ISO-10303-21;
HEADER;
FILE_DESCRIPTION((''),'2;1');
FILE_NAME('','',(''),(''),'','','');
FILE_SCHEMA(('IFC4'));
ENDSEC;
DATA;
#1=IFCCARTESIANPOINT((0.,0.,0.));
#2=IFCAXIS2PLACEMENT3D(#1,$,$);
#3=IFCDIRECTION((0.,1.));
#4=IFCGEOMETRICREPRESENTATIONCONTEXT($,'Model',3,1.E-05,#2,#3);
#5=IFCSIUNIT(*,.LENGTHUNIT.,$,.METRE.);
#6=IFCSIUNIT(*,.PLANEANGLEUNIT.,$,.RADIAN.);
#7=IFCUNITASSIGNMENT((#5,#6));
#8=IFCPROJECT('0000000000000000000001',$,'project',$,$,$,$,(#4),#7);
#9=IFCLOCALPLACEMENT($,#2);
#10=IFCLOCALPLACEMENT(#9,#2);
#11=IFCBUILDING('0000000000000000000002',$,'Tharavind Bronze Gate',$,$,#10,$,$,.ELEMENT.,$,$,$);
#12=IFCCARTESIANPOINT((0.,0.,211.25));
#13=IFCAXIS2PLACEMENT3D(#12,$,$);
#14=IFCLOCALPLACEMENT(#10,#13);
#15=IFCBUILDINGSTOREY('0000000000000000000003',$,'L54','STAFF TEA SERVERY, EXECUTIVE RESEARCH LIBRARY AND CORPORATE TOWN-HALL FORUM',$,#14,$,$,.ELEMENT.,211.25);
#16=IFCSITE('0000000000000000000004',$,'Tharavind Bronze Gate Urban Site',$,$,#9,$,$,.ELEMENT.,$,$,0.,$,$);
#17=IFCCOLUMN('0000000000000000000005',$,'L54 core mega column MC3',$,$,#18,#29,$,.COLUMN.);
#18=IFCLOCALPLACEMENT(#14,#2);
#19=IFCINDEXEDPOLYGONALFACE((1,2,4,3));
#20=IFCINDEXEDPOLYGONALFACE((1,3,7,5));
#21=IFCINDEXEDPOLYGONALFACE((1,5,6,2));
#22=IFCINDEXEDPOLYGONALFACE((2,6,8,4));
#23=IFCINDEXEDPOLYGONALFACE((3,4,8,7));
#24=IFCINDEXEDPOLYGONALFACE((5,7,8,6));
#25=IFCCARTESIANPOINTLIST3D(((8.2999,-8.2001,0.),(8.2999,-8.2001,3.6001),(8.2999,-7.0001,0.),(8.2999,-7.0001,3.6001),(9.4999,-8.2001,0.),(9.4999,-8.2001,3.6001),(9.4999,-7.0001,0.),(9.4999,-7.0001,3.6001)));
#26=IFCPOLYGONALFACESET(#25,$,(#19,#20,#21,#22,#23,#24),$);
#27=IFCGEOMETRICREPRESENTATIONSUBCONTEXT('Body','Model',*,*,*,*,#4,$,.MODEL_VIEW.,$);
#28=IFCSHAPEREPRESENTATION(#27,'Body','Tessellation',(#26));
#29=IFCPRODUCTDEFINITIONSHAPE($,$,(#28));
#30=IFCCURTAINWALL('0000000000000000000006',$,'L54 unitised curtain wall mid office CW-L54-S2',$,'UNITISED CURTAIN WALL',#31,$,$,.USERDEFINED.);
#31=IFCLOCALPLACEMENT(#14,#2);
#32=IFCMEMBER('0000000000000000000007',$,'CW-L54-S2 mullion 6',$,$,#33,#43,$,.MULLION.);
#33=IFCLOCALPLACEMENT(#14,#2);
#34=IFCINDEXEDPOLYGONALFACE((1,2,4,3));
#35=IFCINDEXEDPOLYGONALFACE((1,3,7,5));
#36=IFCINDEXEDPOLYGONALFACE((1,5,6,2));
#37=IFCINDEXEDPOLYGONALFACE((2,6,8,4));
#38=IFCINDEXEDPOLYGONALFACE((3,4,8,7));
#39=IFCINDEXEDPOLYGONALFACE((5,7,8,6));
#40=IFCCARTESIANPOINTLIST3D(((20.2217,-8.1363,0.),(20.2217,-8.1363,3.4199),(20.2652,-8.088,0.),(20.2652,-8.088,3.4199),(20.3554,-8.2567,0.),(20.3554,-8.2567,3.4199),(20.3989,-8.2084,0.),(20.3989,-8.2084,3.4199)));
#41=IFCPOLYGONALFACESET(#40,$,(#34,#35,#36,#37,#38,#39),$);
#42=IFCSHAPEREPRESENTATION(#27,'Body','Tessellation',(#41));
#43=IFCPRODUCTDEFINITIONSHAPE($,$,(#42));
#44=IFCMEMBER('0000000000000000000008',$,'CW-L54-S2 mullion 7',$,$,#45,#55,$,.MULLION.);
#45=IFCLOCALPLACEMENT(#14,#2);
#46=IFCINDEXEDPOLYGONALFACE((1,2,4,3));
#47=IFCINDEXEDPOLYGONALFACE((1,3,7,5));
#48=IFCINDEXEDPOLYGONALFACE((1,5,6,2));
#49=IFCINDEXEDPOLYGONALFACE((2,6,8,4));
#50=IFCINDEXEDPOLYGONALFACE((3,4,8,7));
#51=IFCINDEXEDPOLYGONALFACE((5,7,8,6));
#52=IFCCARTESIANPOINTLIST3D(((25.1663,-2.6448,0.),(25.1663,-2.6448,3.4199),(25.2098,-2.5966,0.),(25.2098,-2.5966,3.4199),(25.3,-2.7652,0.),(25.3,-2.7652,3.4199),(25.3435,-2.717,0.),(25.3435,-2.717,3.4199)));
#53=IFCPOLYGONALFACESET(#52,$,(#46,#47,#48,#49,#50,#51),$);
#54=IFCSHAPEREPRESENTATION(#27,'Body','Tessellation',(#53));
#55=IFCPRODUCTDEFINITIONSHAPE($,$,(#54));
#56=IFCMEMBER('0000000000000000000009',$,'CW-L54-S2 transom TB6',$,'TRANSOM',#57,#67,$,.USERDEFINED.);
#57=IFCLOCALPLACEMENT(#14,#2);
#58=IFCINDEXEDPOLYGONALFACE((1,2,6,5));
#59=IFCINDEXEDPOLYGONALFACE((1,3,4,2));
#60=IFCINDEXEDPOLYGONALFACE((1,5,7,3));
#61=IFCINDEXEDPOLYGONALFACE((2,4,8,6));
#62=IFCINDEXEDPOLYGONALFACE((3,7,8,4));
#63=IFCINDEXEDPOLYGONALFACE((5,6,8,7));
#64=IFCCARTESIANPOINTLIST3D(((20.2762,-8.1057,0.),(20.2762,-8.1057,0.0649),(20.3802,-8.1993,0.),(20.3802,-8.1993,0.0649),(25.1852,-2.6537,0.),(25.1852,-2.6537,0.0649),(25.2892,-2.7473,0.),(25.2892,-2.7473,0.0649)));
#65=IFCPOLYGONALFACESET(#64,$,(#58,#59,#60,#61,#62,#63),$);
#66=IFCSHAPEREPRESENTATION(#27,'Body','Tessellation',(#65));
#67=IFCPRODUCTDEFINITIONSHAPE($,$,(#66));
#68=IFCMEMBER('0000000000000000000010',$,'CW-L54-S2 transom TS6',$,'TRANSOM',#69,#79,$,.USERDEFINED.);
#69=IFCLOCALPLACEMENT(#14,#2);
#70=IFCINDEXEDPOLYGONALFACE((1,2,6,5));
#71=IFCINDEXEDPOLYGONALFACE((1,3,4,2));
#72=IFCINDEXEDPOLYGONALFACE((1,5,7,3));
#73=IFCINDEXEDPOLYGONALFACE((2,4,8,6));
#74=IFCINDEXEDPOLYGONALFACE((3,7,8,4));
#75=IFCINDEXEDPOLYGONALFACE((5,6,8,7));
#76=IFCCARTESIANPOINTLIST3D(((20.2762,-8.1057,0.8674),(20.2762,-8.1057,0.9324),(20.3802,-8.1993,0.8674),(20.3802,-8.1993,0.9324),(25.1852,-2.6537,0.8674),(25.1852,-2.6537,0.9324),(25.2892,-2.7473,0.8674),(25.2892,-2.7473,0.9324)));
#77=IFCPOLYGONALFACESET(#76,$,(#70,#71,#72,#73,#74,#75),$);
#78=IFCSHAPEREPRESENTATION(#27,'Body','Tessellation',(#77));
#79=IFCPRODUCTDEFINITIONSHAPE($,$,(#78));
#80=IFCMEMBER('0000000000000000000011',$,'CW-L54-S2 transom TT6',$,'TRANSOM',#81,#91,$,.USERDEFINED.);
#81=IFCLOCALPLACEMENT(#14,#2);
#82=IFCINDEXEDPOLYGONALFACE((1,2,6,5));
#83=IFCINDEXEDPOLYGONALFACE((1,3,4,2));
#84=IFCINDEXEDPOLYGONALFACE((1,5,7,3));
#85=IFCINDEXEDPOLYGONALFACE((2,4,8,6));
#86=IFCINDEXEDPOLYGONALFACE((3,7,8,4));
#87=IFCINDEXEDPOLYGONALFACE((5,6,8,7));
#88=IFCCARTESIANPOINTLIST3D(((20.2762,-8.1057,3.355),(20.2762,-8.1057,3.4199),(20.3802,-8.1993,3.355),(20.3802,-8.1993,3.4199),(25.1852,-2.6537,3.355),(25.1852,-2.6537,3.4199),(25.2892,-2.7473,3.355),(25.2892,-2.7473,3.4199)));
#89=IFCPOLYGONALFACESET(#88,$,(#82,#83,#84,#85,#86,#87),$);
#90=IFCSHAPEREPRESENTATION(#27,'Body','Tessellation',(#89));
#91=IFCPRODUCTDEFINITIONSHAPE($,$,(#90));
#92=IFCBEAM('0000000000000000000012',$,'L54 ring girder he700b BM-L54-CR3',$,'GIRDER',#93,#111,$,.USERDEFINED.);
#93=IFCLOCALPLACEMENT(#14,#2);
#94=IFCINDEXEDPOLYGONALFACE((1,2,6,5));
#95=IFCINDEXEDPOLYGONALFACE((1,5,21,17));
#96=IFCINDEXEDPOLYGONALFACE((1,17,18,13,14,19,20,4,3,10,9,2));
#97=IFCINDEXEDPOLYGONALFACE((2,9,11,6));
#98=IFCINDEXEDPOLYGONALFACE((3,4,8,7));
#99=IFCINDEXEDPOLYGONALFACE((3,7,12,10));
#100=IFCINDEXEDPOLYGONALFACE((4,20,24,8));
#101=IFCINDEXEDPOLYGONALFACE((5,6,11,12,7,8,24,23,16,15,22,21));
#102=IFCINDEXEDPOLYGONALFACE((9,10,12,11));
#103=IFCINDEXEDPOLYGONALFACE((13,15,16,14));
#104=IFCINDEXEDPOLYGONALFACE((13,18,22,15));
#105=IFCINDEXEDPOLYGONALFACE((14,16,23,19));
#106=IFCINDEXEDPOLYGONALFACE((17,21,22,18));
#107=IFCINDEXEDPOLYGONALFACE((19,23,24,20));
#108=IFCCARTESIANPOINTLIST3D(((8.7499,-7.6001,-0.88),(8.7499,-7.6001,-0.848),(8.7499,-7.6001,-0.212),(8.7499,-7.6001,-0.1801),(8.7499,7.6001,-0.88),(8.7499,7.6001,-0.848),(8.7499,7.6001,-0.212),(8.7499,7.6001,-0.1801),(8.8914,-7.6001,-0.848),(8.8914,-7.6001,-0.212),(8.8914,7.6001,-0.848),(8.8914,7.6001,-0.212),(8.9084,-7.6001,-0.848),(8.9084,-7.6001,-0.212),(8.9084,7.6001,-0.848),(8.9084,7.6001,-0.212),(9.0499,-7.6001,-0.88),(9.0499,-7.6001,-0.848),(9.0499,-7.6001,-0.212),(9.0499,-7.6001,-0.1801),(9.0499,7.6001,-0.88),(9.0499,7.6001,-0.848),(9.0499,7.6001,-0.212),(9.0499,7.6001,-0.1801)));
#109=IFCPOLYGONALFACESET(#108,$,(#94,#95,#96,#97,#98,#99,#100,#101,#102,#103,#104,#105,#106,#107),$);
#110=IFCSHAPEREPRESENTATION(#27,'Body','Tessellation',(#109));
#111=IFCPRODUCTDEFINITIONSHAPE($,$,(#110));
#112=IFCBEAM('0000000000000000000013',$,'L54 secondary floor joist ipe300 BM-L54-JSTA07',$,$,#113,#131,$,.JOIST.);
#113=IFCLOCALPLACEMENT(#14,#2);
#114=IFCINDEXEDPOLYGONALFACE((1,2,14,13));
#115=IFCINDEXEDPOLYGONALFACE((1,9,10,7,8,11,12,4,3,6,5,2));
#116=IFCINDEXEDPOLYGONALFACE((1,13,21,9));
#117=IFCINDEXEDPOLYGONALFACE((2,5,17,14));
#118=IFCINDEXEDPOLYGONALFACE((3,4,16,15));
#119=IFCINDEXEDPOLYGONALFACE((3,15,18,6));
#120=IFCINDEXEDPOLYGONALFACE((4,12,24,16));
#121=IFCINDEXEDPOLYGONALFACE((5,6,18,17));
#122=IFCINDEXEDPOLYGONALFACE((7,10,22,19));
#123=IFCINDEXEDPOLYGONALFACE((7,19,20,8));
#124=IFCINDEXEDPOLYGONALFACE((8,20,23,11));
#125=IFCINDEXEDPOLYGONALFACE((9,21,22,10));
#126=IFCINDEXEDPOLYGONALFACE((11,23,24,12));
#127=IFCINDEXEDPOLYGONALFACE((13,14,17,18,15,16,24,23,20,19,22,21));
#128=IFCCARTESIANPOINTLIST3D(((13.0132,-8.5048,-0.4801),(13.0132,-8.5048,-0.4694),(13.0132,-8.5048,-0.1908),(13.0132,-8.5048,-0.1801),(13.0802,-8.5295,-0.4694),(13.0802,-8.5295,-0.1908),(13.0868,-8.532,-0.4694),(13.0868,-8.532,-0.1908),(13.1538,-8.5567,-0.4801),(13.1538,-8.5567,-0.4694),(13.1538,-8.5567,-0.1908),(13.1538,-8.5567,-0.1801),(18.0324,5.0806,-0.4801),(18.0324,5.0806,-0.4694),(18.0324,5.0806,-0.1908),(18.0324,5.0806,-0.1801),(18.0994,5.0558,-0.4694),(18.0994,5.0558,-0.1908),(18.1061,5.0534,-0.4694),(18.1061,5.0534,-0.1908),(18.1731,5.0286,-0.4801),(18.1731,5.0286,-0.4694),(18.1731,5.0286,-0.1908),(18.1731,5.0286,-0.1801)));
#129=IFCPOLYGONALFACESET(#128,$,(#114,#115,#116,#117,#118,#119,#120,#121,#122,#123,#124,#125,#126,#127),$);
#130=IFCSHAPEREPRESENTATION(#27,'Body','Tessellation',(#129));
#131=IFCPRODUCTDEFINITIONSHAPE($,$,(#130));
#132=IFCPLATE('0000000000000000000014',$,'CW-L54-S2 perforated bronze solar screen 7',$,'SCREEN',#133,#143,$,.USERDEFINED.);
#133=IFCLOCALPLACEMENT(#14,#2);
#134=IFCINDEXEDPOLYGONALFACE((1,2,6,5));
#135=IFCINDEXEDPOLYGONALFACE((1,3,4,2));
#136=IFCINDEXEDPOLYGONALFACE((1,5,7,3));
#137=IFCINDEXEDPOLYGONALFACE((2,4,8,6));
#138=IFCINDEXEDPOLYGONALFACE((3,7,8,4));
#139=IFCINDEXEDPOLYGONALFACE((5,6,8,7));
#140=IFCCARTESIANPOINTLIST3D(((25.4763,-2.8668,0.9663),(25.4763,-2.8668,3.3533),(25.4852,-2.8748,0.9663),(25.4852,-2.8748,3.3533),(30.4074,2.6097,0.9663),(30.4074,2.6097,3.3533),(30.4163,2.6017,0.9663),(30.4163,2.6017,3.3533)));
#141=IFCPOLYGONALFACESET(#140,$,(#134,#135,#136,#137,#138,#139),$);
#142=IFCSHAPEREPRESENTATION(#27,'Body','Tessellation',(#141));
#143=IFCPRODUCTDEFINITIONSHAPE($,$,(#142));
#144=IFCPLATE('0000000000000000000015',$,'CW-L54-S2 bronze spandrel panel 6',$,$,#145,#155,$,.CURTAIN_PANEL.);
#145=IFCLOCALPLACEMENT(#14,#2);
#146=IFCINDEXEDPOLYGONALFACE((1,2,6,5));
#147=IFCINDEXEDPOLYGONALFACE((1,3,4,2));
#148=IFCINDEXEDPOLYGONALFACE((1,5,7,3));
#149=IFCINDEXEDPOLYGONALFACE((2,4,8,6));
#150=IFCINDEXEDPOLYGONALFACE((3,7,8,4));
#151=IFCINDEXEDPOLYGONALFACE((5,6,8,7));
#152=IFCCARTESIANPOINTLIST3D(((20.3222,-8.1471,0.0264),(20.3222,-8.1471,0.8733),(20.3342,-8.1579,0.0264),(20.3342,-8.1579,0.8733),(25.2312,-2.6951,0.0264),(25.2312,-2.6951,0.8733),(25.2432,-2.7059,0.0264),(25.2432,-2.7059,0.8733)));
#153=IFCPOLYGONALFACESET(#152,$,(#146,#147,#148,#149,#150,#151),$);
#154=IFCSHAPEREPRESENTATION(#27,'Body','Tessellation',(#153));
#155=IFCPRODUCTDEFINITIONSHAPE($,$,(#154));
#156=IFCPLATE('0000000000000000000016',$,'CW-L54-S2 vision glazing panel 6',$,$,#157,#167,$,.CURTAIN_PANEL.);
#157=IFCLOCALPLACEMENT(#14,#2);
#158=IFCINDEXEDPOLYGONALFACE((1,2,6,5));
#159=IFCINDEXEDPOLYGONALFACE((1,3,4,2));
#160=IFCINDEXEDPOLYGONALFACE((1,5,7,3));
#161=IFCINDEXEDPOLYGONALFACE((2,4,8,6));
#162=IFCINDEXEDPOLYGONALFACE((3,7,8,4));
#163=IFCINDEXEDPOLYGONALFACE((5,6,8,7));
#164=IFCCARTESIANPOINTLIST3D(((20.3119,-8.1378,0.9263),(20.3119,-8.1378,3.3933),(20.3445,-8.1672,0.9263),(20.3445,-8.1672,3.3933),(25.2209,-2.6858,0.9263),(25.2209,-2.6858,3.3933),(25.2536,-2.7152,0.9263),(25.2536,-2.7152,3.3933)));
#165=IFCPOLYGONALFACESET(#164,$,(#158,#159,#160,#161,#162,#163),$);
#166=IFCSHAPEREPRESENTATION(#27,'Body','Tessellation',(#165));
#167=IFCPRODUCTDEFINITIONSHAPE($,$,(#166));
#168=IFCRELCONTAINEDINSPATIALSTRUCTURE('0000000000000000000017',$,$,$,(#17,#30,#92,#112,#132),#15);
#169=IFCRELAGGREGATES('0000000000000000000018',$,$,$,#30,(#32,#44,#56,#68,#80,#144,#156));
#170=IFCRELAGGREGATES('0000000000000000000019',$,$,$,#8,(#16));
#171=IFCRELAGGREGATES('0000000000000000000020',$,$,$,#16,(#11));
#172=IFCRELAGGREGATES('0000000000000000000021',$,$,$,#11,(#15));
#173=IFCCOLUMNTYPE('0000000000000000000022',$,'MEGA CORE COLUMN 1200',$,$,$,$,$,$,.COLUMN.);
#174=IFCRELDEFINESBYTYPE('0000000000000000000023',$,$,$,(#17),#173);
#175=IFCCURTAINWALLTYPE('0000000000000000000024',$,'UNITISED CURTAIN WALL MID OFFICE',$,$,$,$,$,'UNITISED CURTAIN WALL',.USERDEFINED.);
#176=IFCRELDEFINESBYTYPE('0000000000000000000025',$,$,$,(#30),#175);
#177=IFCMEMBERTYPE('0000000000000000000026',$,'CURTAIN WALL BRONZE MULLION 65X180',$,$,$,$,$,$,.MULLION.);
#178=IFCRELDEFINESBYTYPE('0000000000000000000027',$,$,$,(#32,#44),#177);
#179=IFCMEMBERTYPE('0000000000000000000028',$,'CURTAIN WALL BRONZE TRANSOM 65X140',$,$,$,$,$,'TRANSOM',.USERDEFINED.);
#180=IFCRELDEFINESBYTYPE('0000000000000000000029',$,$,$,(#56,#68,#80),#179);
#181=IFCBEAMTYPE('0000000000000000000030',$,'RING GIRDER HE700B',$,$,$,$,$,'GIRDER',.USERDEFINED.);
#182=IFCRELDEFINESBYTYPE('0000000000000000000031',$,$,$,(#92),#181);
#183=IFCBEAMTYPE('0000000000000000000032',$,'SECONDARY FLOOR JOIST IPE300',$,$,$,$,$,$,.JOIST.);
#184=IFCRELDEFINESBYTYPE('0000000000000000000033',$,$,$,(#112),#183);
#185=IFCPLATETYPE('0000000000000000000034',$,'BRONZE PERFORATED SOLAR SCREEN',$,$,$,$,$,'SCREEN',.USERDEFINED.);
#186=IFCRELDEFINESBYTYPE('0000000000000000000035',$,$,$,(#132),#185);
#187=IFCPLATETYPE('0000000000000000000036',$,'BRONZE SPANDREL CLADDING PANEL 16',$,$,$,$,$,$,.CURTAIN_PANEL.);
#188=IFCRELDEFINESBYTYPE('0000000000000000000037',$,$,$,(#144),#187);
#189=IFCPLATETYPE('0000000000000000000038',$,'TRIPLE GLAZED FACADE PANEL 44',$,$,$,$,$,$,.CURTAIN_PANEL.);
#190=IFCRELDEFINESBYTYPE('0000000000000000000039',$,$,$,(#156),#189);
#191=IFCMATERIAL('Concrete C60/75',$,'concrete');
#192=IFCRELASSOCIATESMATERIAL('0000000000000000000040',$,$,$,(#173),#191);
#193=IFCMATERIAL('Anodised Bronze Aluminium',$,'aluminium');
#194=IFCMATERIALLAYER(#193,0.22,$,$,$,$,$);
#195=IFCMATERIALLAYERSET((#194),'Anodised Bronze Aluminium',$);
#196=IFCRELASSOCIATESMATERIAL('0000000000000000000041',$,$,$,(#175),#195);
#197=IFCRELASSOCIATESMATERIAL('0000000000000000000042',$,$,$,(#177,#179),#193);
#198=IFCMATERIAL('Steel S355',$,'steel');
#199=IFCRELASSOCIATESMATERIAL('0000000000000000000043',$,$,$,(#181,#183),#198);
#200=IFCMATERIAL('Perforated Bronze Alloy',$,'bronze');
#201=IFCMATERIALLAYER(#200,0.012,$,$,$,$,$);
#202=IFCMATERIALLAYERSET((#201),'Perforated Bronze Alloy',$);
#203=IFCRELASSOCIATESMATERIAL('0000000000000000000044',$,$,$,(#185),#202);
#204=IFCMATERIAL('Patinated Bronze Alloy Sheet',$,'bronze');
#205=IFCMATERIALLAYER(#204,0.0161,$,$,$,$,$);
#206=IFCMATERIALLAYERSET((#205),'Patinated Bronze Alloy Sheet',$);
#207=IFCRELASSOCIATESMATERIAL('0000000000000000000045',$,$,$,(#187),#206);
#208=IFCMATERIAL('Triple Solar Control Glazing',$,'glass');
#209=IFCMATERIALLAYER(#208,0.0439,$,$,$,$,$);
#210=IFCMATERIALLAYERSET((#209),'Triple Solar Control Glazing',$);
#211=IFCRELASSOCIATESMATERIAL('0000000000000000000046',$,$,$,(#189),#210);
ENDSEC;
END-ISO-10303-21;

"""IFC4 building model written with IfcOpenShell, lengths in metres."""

from ifc_helpers import new_model, si_unit, direction, frame, origin, origin_2d, place, context, subcontext, project, spatial, rectangle, i_section, extrude, material, layer, layer_set, material_profile, profile_set, type_object, element, aggregate, save


model = new_model("IFC4")

# Units and contexts
model_context = context("Model", 3, precision=1e-05, world=origin(), true_north=direction((0.0, 1.0)))
body_context = subcontext(model_context, "Body", "Model", "MODEL_VIEW")
ifc_project = project(units=[si_unit("LENGTHUNIT", "METRE"), si_unit("PLANEANGLEUNIT", "RADIAN")], contexts=[model_context])

# Site, building, storey
site_placement = place(None, origin())
site = spatial("IfcSite", under=ifc_project, at=site_placement, Name="Tharavind Bronze Gate Urban Site", CompositionType="ELEMENT", RefElevation=0.0)
building_placement = place(site_placement, origin())
building = spatial("IfcBuilding", under=site, at=building_placement, Name="Tharavind Bronze Gate", CompositionType="ELEMENT")
storey_placement = place(building_placement, frame((0.0, 0.0, 211.25)))
storey = spatial("IfcBuildingStorey", under=building, at=storey_placement, Name="L54", Description="STAFF TEA SERVERY, EXECUTIVE RESEARCH LIBRARY AND CORPORATE TOWN-HALL FORUM", CompositionType="ELEMENT", Elevation=211.25)

# Column
ifc_material_1 = material(Name="Concrete C60/75", Category="concrete")
ifc_material_profile_1 = material_profile(ifc_material_1, rectangle(XDim=1.2, YDim=1.2, at=origin_2d()), Name="RCCOL1200")
ifc_profile_set_1 = profile_set([ifc_material_profile_1], Name="Concrete C60/75")
column_type = type_object("IfcColumnType", Name="MEGA CORE COLUMN 1200", PredefinedType="COLUMN", material=ifc_profile_set_1)
column_placement = place(storey_placement, frame((8.8999, -7.6001, 0.0), z_axis=(0.0, 0.0, 1.0), x_axis=(1.0, 0.0, 0.0)))
element("IfcColumn", 1, at=column_placement, inside=storey, type_object=column_type, Name="L54 core mega column MC3", PredefinedType="COLUMN", context=body_context, shape_type="SweptSolid", body=[
    extrude(rectangle(XDim=1.2, YDim=1.2, at=origin_2d()), origin(), (0.0, 0.0, 1.0), 3.6001),
])

# Curtain wall, members
ifc_material_2 = material(Name="Anodised Bronze Aluminium", Category="aluminium")
ifc_layer_1 = layer(ifc_material_2, 0.22)
ifc_layer_set_1 = layer_set([ifc_layer_1], Name="Anodised Bronze Aluminium")
curtain_wall_type = type_object("IfcCurtainWallType", Name="UNITISED CURTAIN WALL MID OFFICE", ElementType="UNITISED CURTAIN WALL", PredefinedType="USERDEFINED", material=ifc_layer_set_1)
curtain_wall_placement = place(storey_placement, origin())
curtain_wall = element("IfcCurtainWall", 2, at=curtain_wall_placement, inside=storey, type_object=curtain_wall_type, Name="L54 unitised curtain wall mid office CW-L54-S2", ObjectType="UNITISED CURTAIN WALL", PredefinedType="USERDEFINED")
member_type_1 = type_object("IfcMemberType", Name="CURTAIN WALL BRONZE MULLION 65X180", PredefinedType="MULLION", material=ifc_material_2)
member_1_placement = place(storey_placement, frame((20.3103, -8.1724, 0.0), z_axis=(0.0, 0.0, 1.0), x_axis=(0.669131, 0.743145, 0.0)))
member_1 = element("IfcMember", 3, at=member_1_placement, type_object=member_type_1, Name="CW-L54-S2 mullion 6", PredefinedType="MULLION", context=body_context, shape_type="SweptSolid", body=[
    extrude(rectangle(XDim=0.0649, YDim=0.1799, at=origin_2d()), origin(), (0.0, 0.0, 1.0), 3.4199),
])
member_2_placement = place(storey_placement, frame((25.2549, -2.6809, 0.0), z_axis=(0.0, 0.0, 1.0), x_axis=(0.669131, 0.743145, 0.0)))
member_2 = element("IfcMember", 4, at=member_2_placement, type_object=member_type_1, Name="CW-L54-S2 mullion 7", PredefinedType="MULLION", context=body_context, shape_type="SweptSolid", body=[
    extrude(rectangle(XDim=0.0649, YDim=0.1799, at=origin_2d()), origin(), (0.0, 0.0, 1.0), 3.4199),
])
member_type_2 = type_object("IfcMemberType", Name="CURTAIN WALL BRONZE TRANSOM 65X140", ElementType="TRANSOM", PredefinedType="USERDEFINED", material=ifc_material_2)
member_3_placement = place(storey_placement, frame((22.7827, -5.4265, 0.0), z_axis=(0.0, 0.0, 1.0), x_axis=(0.669131, 0.743145, 0.0)))
member_3 = element("IfcMember", 5, at=member_3_placement, type_object=member_type_2, Name="CW-L54-S2 transom TB6", ObjectType="TRANSOM", PredefinedType="USERDEFINED", context=body_context, shape_type="SweptSolid", body=[
    extrude(rectangle(XDim=7.3364, YDim=0.1399, at=origin_2d()), origin(), (0.0, 0.0, 1.0), 0.0649),
])
member_4_placement = place(storey_placement, frame((22.7827, -5.4265, 0.8674), z_axis=(0.0, 0.0, 1.0), x_axis=(0.669131, 0.743145, 0.0)))
member_4 = element("IfcMember", 6, at=member_4_placement, type_object=member_type_2, Name="CW-L54-S2 transom TS6", ObjectType="TRANSOM", PredefinedType="USERDEFINED", context=body_context, shape_type="SweptSolid", body=[
    extrude(rectangle(XDim=7.3364, YDim=0.1399, at=origin_2d()), origin(), (0.0, 0.0, 1.0), 0.0649),
])
member_5_placement = place(storey_placement, frame((22.7827, -5.4265, 3.355), z_axis=(0.0, 0.0, 1.0), x_axis=(0.669131, 0.743145, 0.0)))
member_5 = element("IfcMember", 7, at=member_5_placement, type_object=member_type_2, Name="CW-L54-S2 transom TT6", ObjectType="TRANSOM", PredefinedType="USERDEFINED", context=body_context, shape_type="SweptSolid", body=[
    extrude(rectangle(XDim=7.3364, YDim=0.1399, at=origin_2d()), origin(), (0.0, 0.0, 1.0), 0.0649),
])

# Beams
ifc_material_3 = material(Name="Steel S355", Category="steel")
ifc_material_profile_2 = material_profile(ifc_material_3, i_section(OverallWidth=0.3, OverallDepth=0.7, WebThickness=0.0171, FlangeThickness=0.032, at=origin_2d()), Name="HE700B")
ifc_profile_set_2 = profile_set([ifc_material_profile_2], Name="Steel S355")
beam_type_1 = type_object("IfcBeamType", Name="RING GIRDER HE700B", ElementType="GIRDER", PredefinedType="USERDEFINED", material=ifc_profile_set_2)
beam_1_placement = place(storey_placement, frame((8.8999, -7.6001, -0.53), z_axis=(0.0, 1.0, 0.0), x_axis=(-1.0, 0.0, 0.0)))
element("IfcBeam", 8, at=beam_1_placement, inside=storey, type_object=beam_type_1, Name="L54 ring girder he700b BM-L54-CR3", ObjectType="GIRDER", PredefinedType="USERDEFINED", context=body_context, shape_type="SweptSolid", body=[
    extrude(i_section(OverallWidth=0.3, OverallDepth=0.7, WebThickness=0.0171, FlangeThickness=0.032, at=origin_2d()), origin(), (0.0, 0.0, 1.0), 15.2002),
])
ifc_material_profile_3 = material_profile(ifc_material_3, i_section(OverallWidth=0.1499, OverallDepth=0.3, WebThickness=0.0071, FlangeThickness=0.0107, at=origin_2d()), Name="IPE300")
ifc_profile_set_3 = profile_set([ifc_material_profile_3], Name="Steel S355")
beam_type_2 = type_object("IfcBeamType", Name="SECONDARY FLOOR JOIST IPE300", PredefinedType="JOIST", material=ifc_profile_set_3)
beam_2_placement = place(storey_placement, frame((13.0835, -8.5308, -0.3301), z_axis=(0.346564, 0.938026, 0.0), x_axis=(-0.938026, 0.346564, 0.0)))
element("IfcBeam", 9, at=beam_2_placement, inside=storey, type_object=beam_type_2, Name="L54 secondary floor joist ipe300 BM-L54-JSTA07", PredefinedType="JOIST", context=body_context, shape_type="SweptSolid", body=[
    extrude(i_section(OverallWidth=0.1499, OverallDepth=0.3, WebThickness=0.0071, FlangeThickness=0.0107, at=origin_2d()), origin(), (0.0, 0.0, 1.0), 14.4829),
])

# Plates
ifc_material_4 = material(Name="Perforated Bronze Alloy", Category="bronze")
ifc_layer_2 = layer(ifc_material_4, 0.012)
ifc_layer_set_2 = layer_set([ifc_layer_2], Name="Perforated Bronze Alloy")
plate_type_1 = type_object("IfcPlateType", Name="BRONZE PERFORATED SOLAR SCREEN", ElementType="SCREEN", PredefinedType="USERDEFINED", material=ifc_layer_set_2)
plate_1_placement = place(storey_placement, frame((27.9463, -0.1326, 0.9663), z_axis=(0.0, 0.0, 1.0), x_axis=(0.669131, 0.743145, 0.0)))
element("IfcPlate", 10, at=plate_1_placement, inside=storey, type_object=plate_type_1, Name="CW-L54-S2 perforated bronze solar screen 7", ObjectType="SCREEN", PredefinedType="USERDEFINED", context=body_context, shape_type="SweptSolid", body=[
    extrude(rectangle(XDim=7.3694, YDim=0.012, at=origin_2d()), origin(), (0.0, 0.0, 1.0), 2.387),
])
ifc_material_5 = material(Name="Patinated Bronze Alloy Sheet", Category="bronze")
ifc_layer_3 = layer(ifc_material_5, 0.0161)
ifc_layer_set_3 = layer_set([ifc_layer_3], Name="Patinated Bronze Alloy Sheet")
plate_type_2 = type_object("IfcPlateType", Name="BRONZE SPANDREL CLADDING PANEL 16", PredefinedType="CURTAIN_PANEL", material=ifc_layer_set_3)
plate_2_placement = place(storey_placement, frame((22.7827, -5.4265, 0.0264), z_axis=(0.0, 0.0, 1.0), x_axis=(0.669131, 0.743145, 0.0)))
plate_2 = element("IfcPlate", 11, at=plate_2_placement, type_object=plate_type_2, Name="CW-L54-S2 bronze spandrel panel 6", PredefinedType="CURTAIN_PANEL", context=body_context, shape_type="SweptSolid", body=[
    extrude(rectangle(XDim=7.3364, YDim=0.0161, at=origin_2d()), origin(), (0.0, 0.0, 1.0), 0.8469),
])
ifc_material_6 = material(Name="Triple Solar Control Glazing", Category="glass")
ifc_layer_4 = layer(ifc_material_6, 0.0439)
ifc_layer_set_4 = layer_set([ifc_layer_4], Name="Triple Solar Control Glazing")
plate_type_3 = type_object("IfcPlateType", Name="TRIPLE GLAZED FACADE PANEL 44", PredefinedType="CURTAIN_PANEL", material=ifc_layer_set_4)
plate_3_placement = place(storey_placement, frame((22.7827, -5.4265, 0.9263), z_axis=(0.0, 0.0, 1.0), x_axis=(0.669131, 0.743145, 0.0)))
plate_3 = element("IfcPlate", 12, at=plate_3_placement, type_object=plate_type_3, Name="CW-L54-S2 vision glazing panel 6", PredefinedType="CURTAIN_PANEL", context=body_context, shape_type="SweptSolid", body=[
    extrude(rectangle(XDim=7.3364, YDim=0.0439, at=origin_2d()), origin(), (0.0, 0.0, 1.0), 2.467),
])
aggregate(curtain_wall, [member_1, member_2, member_3, member_4, member_5, plate_2, plate_3])

save(model, "model.ifc")
